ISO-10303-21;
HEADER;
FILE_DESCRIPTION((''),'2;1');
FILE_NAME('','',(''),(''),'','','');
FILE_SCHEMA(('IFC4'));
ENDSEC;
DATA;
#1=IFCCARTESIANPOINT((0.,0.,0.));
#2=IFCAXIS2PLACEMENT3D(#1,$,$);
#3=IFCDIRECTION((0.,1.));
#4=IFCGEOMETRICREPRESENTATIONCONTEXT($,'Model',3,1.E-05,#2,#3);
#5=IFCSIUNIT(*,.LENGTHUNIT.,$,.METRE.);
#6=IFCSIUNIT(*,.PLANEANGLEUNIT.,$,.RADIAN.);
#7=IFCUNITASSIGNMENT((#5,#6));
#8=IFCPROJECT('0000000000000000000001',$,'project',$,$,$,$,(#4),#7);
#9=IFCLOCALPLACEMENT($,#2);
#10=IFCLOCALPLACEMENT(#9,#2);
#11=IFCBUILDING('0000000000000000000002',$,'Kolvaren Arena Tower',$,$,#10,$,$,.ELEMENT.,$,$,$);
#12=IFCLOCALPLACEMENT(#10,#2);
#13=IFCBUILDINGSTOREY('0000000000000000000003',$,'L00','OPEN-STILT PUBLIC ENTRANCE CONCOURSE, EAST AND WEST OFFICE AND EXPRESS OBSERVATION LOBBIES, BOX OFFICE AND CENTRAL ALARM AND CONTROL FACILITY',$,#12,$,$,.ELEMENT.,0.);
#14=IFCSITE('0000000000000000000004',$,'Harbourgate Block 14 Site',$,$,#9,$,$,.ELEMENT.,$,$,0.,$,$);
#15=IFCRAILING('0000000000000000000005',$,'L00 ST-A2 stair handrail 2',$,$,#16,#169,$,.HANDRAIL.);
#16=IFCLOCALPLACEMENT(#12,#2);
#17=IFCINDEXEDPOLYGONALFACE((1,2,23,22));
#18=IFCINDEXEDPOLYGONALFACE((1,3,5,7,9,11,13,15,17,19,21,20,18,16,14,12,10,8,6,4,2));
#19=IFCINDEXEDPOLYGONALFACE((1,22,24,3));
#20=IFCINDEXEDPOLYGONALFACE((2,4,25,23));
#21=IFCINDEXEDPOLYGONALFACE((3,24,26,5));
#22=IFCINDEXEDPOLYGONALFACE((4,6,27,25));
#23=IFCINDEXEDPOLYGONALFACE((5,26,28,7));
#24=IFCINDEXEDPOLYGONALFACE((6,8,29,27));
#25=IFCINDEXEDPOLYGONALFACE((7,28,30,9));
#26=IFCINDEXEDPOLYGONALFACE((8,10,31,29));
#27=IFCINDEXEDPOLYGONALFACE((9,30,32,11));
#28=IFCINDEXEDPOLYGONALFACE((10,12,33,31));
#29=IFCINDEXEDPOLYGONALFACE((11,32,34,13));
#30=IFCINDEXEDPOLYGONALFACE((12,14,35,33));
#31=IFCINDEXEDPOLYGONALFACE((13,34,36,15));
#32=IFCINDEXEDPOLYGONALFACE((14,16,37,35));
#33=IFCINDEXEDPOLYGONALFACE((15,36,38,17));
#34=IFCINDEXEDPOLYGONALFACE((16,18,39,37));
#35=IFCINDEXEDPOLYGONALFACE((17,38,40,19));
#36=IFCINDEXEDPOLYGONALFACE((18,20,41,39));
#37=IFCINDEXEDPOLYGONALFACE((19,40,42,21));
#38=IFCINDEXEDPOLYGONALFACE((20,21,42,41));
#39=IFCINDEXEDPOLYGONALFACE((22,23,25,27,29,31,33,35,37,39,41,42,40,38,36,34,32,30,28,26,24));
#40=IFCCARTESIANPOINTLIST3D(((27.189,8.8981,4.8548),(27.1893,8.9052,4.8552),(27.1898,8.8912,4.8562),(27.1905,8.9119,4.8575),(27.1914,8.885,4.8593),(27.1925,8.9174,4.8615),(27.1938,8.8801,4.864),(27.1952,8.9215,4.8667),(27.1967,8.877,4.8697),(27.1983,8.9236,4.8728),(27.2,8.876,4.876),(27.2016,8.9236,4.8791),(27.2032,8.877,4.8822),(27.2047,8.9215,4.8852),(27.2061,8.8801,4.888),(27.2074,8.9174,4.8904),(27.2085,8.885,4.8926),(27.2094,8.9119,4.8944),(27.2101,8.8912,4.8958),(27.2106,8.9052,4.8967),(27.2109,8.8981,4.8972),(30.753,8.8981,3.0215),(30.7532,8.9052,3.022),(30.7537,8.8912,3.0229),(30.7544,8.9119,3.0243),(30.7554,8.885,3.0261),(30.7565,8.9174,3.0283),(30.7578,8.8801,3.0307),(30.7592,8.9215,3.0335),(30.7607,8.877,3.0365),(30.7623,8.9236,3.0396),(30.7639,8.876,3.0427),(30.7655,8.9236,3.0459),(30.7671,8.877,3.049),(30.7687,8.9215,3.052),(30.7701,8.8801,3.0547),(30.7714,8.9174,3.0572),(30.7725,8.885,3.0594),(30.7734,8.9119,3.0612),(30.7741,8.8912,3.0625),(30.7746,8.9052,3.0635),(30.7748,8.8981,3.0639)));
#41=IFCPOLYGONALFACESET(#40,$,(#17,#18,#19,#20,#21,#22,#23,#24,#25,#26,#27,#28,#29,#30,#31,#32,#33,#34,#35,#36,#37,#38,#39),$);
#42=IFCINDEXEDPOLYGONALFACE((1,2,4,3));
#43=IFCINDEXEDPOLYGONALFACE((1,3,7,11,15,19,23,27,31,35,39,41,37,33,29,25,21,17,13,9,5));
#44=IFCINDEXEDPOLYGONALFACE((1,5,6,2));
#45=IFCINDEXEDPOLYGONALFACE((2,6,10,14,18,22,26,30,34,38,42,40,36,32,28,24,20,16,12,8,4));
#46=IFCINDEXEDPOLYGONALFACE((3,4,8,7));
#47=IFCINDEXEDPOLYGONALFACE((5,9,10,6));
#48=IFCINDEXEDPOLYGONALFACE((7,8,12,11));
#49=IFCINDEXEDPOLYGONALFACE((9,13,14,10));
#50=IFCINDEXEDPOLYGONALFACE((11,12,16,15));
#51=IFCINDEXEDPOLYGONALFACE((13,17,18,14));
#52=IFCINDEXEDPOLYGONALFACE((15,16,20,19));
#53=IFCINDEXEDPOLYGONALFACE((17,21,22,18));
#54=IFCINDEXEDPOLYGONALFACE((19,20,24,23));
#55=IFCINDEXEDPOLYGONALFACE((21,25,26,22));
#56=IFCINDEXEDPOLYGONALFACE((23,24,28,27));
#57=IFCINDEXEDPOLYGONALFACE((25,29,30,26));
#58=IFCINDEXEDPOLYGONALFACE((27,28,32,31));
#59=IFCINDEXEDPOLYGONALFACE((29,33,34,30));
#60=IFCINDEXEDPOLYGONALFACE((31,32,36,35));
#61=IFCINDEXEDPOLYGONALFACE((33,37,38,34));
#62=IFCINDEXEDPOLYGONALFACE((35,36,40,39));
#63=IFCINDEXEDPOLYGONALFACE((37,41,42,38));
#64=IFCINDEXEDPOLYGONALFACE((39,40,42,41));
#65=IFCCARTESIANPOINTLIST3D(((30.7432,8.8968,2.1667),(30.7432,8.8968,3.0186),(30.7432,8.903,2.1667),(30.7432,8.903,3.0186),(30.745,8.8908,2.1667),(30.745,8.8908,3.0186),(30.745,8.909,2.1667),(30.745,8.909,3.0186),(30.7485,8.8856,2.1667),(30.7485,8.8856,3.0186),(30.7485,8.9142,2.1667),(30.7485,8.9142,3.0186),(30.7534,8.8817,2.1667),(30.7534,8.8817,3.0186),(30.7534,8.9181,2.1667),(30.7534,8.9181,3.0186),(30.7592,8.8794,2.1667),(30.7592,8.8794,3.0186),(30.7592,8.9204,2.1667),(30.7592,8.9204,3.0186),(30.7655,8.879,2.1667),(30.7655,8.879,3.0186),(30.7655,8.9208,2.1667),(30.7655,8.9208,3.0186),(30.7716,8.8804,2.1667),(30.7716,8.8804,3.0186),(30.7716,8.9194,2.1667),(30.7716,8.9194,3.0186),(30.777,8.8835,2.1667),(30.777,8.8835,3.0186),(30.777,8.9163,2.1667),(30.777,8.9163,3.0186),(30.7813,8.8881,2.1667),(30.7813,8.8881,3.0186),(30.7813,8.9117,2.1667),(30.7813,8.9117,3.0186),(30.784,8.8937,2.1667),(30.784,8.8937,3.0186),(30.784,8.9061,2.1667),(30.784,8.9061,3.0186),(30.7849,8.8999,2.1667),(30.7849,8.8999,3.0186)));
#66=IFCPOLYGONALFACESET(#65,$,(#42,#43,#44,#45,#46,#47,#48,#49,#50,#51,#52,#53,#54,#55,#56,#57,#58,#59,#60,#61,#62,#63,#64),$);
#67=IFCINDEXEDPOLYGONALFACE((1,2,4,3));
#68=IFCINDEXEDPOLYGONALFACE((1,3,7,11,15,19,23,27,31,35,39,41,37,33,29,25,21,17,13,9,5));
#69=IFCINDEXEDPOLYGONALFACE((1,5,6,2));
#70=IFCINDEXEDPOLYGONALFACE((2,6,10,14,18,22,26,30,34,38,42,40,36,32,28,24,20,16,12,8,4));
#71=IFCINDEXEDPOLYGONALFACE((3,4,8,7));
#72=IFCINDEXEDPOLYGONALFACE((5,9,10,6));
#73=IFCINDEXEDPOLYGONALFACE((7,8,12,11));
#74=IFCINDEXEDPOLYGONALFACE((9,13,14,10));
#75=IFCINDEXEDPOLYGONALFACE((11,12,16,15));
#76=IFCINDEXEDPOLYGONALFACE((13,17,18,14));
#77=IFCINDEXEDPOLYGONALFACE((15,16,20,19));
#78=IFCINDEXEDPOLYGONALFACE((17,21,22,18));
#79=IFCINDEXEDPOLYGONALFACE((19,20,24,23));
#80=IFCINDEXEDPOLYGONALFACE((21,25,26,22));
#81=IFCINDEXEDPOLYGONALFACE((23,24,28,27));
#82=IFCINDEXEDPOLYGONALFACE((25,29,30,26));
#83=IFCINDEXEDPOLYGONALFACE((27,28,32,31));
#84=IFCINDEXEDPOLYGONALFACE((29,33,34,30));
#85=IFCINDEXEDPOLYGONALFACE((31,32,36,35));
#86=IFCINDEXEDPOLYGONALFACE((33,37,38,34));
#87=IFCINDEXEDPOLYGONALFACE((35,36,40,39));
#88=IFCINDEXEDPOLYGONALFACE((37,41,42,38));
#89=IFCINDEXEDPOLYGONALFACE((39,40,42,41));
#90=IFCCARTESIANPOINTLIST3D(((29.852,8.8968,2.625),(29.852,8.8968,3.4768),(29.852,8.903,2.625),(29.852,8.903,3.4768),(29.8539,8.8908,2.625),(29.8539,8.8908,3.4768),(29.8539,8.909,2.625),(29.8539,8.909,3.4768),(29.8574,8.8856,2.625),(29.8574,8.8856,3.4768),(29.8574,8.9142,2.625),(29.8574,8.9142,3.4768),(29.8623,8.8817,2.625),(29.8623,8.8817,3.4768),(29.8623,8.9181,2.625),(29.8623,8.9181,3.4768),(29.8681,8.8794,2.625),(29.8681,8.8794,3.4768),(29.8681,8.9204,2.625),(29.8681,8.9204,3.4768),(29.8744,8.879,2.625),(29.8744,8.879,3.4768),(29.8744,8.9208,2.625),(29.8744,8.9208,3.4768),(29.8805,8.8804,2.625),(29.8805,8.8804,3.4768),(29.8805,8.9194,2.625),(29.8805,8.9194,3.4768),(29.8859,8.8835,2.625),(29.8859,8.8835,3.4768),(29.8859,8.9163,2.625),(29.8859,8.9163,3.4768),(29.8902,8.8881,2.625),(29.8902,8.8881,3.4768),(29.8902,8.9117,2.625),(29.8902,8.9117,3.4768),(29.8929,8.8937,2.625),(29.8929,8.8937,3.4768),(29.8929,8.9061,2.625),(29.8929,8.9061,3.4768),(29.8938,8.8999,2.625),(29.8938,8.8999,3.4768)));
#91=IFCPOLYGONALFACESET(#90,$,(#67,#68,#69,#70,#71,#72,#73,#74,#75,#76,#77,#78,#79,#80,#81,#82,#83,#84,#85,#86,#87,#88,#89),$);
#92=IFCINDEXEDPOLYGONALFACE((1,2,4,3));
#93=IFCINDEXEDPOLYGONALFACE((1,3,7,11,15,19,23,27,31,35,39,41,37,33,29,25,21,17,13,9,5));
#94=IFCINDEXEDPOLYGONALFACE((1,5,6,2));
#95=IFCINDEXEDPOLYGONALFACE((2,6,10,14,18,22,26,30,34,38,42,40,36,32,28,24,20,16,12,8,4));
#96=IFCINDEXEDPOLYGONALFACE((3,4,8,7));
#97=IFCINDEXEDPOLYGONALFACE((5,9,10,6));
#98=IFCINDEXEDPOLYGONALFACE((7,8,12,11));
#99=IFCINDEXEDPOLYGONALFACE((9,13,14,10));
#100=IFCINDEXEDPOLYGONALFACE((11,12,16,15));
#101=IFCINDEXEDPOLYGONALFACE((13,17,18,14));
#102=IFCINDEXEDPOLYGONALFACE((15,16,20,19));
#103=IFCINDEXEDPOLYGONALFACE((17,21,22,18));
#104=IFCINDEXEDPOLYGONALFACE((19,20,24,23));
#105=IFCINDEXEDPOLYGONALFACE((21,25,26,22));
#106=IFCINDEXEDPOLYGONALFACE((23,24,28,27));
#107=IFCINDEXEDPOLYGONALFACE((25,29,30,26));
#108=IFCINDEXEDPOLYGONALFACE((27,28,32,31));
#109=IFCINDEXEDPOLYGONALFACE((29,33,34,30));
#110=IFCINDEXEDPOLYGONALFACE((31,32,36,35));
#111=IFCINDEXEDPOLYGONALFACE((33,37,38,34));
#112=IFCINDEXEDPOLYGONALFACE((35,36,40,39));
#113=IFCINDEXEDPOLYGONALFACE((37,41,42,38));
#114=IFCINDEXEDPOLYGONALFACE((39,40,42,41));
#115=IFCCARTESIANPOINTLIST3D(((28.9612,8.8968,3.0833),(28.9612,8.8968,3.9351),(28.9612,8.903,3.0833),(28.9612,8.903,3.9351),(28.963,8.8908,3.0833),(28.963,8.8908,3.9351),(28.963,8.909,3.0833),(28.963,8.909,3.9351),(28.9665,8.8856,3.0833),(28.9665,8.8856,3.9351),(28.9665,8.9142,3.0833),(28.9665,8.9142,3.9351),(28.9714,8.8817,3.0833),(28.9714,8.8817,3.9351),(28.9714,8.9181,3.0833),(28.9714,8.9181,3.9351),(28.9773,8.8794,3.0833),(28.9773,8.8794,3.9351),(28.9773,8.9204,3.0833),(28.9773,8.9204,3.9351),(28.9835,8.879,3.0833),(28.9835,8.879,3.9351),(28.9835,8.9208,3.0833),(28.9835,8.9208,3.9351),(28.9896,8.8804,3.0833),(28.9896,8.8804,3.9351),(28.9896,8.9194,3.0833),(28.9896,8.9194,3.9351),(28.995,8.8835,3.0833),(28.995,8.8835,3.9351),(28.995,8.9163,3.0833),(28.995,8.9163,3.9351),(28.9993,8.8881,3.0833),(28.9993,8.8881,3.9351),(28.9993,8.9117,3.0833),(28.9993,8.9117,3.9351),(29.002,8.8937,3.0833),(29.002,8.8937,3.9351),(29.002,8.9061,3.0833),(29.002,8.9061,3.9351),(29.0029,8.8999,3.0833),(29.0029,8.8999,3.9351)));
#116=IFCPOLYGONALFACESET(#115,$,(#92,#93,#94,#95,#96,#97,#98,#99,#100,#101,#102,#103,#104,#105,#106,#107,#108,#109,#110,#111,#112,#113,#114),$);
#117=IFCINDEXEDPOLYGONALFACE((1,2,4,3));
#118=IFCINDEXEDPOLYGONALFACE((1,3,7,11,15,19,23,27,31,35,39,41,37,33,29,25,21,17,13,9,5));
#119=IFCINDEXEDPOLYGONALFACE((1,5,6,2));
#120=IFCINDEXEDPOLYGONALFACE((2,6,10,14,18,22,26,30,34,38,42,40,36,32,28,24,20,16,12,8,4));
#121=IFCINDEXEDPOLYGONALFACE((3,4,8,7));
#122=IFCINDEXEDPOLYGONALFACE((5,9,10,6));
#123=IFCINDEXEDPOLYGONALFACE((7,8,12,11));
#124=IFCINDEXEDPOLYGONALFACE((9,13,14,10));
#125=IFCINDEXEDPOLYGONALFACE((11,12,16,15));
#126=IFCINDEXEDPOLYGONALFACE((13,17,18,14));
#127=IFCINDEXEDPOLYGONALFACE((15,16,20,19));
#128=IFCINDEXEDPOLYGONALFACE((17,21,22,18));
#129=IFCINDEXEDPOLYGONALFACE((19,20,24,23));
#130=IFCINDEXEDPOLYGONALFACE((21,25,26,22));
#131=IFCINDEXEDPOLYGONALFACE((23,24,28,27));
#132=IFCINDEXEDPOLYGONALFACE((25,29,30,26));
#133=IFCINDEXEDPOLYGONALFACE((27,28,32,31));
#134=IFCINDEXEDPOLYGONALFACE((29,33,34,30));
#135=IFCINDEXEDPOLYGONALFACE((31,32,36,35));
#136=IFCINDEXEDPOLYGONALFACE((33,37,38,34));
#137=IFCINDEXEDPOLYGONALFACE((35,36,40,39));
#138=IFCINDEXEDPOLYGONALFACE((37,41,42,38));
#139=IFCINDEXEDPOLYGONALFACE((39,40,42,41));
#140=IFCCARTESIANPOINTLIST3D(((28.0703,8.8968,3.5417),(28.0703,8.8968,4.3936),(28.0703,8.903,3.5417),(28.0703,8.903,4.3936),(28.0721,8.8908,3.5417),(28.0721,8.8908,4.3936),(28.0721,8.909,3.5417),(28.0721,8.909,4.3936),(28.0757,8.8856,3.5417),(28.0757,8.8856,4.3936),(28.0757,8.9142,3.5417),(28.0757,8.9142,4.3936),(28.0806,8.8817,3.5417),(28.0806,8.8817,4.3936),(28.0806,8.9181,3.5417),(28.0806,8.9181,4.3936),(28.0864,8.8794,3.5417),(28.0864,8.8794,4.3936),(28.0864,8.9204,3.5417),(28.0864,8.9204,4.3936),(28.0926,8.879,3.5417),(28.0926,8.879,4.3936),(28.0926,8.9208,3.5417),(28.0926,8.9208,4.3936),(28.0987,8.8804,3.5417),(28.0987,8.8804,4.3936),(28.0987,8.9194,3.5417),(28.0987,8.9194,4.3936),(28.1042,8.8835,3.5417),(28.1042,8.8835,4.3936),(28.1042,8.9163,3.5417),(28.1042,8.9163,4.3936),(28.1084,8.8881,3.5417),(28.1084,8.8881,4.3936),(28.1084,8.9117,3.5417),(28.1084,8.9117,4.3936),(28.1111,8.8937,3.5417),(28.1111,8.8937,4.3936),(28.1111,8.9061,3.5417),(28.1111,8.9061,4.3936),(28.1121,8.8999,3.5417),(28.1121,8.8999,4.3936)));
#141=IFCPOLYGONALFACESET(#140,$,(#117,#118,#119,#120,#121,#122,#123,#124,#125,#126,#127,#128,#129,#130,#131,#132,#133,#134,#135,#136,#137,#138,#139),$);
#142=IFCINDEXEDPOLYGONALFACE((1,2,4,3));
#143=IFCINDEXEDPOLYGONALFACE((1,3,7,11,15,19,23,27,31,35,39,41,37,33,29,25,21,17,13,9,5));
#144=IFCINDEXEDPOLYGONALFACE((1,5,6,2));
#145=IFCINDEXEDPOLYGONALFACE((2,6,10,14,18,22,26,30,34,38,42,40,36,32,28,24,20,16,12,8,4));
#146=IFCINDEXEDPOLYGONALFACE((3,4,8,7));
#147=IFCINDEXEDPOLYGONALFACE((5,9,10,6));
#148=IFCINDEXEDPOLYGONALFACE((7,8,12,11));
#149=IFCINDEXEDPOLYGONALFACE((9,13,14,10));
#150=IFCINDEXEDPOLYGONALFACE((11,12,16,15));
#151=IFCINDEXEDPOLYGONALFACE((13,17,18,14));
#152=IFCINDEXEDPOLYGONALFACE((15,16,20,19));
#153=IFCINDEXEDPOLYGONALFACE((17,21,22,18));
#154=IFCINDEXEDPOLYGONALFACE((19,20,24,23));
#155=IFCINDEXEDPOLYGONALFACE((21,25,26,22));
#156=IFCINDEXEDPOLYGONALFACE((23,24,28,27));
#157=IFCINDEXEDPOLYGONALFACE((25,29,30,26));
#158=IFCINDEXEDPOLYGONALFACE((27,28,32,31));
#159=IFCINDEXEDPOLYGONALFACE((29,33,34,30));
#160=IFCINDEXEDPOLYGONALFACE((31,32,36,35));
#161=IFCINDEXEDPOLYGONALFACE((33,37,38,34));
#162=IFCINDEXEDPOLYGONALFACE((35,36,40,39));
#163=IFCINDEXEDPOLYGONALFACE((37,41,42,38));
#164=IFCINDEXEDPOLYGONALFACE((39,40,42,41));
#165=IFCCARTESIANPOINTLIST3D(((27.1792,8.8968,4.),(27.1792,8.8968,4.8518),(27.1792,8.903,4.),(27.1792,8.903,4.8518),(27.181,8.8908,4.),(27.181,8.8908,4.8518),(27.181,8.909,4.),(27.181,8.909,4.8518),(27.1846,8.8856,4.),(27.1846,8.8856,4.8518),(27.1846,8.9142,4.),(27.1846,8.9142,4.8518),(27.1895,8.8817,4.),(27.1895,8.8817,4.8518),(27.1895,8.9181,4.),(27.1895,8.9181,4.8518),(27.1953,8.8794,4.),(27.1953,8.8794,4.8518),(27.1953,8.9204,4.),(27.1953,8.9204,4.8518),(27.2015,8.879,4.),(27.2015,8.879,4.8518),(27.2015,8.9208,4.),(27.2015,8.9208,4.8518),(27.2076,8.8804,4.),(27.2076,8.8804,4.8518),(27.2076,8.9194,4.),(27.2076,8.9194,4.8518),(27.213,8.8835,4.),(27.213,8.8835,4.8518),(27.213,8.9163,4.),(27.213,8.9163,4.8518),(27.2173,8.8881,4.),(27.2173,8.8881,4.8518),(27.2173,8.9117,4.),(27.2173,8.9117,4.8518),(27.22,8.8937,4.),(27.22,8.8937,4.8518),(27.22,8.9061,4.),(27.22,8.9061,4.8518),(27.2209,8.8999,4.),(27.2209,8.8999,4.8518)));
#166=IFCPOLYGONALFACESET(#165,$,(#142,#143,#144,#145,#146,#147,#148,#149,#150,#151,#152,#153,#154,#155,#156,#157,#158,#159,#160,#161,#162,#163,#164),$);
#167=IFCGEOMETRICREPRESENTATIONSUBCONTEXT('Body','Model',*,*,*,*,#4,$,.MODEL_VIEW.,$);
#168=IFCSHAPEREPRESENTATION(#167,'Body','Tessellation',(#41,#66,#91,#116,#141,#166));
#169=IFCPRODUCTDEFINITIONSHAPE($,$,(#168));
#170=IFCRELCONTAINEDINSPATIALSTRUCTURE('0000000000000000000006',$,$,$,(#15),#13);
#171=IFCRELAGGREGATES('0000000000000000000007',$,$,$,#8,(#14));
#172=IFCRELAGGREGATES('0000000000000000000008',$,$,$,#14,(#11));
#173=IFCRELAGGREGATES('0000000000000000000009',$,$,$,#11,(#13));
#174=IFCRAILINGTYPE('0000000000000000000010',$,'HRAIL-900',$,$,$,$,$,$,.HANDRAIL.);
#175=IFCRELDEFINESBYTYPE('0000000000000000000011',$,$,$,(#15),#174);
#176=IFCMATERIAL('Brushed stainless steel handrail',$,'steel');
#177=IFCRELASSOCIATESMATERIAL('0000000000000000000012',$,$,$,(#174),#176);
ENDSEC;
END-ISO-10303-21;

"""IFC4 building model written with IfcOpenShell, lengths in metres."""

from ifc_helpers import new_model, si_unit, direction, frame, origin, origin_2d, place, context, subcontext, project, spatial, circle, extrude, material, type_object, element, save


model = new_model("IFC4")

# Units and contexts
model_context = context("Model", 3, precision=1e-05, world=origin(), true_north=direction((0.0, 1.0)))
body_context = subcontext(model_context, "Body", "Model", "MODEL_VIEW")
ifc_project = project(units=[si_unit("LENGTHUNIT", "METRE"), si_unit("PLANEANGLEUNIT", "RADIAN")], contexts=[model_context])

# Site, building, storey
site_placement = place(None, origin())
site = spatial("IfcSite", under=ifc_project, at=site_placement, Name="Harbourgate Block 14 Site", CompositionType="ELEMENT", RefElevation=0.0)
building_placement = place(site_placement, origin())
building = spatial("IfcBuilding", under=site, at=building_placement, Name="Kolvaren Arena Tower", CompositionType="ELEMENT")
storey_placement = place(building_placement, origin())
storey = spatial("IfcBuildingStorey", under=building, at=storey_placement, Name="L00", Description="OPEN-STILT PUBLIC ENTRANCE CONCOURSE, EAST AND WEST OFFICE AND EXPRESS OBSERVATION LOBBIES, BOX OFFICE AND CENTRAL ALARM AND CONTROL FACILITY", CompositionType="ELEMENT", Elevation=0.0)

# Railing
ifc_material_1 = material(Name="Brushed stainless steel handrail", Category="steel")
railing_type_1 = type_object("IfcRailingType", Name="HRAIL-900", PredefinedType="HANDRAIL", material=ifc_material_1)
for number, where, name in (
    (1, (30.7639, 8.8999, 2.1667), "L00 ST-A2 stair handrail 2"),
):
    element("IfcRailing", number, at=place(storey_placement, frame(where)), inside=storey, type_object=railing_type_1, Name=name, PredefinedType="HANDRAIL", context=body_context, shape_type="SweptSolid", body=[
        extrude(circle(Radius=0.0239, at=origin_2d()), frame((0.0, 0.0, 0.876), z_axis=(-0.889252, 0.0, 0.457418), x_axis=(0.0, -1.0, 0.0)), (0.0, 0.0, 1.0), 4.0078),
        extrude(circle(Radius=0.021, at=origin_2d()), origin(), (0.0, 0.0, 1.0), 0.8518),
        extrude(circle(Radius=0.021, at=origin_2d()), frame((-0.8911, 0.0, 0.4583)), (0.0, 0.0, 1.0), 0.8518),
        extrude(circle(Radius=0.021, at=origin_2d()), frame((-1.782, 0.0, 0.9165)), (0.0, 0.0, 1.0), 0.8518),
        extrude(circle(Radius=0.021, at=origin_2d()), frame((-2.6729, 0.0, 1.375)), (0.0, 0.0, 1.0), 0.8518),
        extrude(circle(Radius=0.021, at=origin_2d()), frame((-3.564, 0.0, 1.8333)), (0.0, 0.0, 1.0), 0.8518),
    ])

save(model, "model.ifc")
